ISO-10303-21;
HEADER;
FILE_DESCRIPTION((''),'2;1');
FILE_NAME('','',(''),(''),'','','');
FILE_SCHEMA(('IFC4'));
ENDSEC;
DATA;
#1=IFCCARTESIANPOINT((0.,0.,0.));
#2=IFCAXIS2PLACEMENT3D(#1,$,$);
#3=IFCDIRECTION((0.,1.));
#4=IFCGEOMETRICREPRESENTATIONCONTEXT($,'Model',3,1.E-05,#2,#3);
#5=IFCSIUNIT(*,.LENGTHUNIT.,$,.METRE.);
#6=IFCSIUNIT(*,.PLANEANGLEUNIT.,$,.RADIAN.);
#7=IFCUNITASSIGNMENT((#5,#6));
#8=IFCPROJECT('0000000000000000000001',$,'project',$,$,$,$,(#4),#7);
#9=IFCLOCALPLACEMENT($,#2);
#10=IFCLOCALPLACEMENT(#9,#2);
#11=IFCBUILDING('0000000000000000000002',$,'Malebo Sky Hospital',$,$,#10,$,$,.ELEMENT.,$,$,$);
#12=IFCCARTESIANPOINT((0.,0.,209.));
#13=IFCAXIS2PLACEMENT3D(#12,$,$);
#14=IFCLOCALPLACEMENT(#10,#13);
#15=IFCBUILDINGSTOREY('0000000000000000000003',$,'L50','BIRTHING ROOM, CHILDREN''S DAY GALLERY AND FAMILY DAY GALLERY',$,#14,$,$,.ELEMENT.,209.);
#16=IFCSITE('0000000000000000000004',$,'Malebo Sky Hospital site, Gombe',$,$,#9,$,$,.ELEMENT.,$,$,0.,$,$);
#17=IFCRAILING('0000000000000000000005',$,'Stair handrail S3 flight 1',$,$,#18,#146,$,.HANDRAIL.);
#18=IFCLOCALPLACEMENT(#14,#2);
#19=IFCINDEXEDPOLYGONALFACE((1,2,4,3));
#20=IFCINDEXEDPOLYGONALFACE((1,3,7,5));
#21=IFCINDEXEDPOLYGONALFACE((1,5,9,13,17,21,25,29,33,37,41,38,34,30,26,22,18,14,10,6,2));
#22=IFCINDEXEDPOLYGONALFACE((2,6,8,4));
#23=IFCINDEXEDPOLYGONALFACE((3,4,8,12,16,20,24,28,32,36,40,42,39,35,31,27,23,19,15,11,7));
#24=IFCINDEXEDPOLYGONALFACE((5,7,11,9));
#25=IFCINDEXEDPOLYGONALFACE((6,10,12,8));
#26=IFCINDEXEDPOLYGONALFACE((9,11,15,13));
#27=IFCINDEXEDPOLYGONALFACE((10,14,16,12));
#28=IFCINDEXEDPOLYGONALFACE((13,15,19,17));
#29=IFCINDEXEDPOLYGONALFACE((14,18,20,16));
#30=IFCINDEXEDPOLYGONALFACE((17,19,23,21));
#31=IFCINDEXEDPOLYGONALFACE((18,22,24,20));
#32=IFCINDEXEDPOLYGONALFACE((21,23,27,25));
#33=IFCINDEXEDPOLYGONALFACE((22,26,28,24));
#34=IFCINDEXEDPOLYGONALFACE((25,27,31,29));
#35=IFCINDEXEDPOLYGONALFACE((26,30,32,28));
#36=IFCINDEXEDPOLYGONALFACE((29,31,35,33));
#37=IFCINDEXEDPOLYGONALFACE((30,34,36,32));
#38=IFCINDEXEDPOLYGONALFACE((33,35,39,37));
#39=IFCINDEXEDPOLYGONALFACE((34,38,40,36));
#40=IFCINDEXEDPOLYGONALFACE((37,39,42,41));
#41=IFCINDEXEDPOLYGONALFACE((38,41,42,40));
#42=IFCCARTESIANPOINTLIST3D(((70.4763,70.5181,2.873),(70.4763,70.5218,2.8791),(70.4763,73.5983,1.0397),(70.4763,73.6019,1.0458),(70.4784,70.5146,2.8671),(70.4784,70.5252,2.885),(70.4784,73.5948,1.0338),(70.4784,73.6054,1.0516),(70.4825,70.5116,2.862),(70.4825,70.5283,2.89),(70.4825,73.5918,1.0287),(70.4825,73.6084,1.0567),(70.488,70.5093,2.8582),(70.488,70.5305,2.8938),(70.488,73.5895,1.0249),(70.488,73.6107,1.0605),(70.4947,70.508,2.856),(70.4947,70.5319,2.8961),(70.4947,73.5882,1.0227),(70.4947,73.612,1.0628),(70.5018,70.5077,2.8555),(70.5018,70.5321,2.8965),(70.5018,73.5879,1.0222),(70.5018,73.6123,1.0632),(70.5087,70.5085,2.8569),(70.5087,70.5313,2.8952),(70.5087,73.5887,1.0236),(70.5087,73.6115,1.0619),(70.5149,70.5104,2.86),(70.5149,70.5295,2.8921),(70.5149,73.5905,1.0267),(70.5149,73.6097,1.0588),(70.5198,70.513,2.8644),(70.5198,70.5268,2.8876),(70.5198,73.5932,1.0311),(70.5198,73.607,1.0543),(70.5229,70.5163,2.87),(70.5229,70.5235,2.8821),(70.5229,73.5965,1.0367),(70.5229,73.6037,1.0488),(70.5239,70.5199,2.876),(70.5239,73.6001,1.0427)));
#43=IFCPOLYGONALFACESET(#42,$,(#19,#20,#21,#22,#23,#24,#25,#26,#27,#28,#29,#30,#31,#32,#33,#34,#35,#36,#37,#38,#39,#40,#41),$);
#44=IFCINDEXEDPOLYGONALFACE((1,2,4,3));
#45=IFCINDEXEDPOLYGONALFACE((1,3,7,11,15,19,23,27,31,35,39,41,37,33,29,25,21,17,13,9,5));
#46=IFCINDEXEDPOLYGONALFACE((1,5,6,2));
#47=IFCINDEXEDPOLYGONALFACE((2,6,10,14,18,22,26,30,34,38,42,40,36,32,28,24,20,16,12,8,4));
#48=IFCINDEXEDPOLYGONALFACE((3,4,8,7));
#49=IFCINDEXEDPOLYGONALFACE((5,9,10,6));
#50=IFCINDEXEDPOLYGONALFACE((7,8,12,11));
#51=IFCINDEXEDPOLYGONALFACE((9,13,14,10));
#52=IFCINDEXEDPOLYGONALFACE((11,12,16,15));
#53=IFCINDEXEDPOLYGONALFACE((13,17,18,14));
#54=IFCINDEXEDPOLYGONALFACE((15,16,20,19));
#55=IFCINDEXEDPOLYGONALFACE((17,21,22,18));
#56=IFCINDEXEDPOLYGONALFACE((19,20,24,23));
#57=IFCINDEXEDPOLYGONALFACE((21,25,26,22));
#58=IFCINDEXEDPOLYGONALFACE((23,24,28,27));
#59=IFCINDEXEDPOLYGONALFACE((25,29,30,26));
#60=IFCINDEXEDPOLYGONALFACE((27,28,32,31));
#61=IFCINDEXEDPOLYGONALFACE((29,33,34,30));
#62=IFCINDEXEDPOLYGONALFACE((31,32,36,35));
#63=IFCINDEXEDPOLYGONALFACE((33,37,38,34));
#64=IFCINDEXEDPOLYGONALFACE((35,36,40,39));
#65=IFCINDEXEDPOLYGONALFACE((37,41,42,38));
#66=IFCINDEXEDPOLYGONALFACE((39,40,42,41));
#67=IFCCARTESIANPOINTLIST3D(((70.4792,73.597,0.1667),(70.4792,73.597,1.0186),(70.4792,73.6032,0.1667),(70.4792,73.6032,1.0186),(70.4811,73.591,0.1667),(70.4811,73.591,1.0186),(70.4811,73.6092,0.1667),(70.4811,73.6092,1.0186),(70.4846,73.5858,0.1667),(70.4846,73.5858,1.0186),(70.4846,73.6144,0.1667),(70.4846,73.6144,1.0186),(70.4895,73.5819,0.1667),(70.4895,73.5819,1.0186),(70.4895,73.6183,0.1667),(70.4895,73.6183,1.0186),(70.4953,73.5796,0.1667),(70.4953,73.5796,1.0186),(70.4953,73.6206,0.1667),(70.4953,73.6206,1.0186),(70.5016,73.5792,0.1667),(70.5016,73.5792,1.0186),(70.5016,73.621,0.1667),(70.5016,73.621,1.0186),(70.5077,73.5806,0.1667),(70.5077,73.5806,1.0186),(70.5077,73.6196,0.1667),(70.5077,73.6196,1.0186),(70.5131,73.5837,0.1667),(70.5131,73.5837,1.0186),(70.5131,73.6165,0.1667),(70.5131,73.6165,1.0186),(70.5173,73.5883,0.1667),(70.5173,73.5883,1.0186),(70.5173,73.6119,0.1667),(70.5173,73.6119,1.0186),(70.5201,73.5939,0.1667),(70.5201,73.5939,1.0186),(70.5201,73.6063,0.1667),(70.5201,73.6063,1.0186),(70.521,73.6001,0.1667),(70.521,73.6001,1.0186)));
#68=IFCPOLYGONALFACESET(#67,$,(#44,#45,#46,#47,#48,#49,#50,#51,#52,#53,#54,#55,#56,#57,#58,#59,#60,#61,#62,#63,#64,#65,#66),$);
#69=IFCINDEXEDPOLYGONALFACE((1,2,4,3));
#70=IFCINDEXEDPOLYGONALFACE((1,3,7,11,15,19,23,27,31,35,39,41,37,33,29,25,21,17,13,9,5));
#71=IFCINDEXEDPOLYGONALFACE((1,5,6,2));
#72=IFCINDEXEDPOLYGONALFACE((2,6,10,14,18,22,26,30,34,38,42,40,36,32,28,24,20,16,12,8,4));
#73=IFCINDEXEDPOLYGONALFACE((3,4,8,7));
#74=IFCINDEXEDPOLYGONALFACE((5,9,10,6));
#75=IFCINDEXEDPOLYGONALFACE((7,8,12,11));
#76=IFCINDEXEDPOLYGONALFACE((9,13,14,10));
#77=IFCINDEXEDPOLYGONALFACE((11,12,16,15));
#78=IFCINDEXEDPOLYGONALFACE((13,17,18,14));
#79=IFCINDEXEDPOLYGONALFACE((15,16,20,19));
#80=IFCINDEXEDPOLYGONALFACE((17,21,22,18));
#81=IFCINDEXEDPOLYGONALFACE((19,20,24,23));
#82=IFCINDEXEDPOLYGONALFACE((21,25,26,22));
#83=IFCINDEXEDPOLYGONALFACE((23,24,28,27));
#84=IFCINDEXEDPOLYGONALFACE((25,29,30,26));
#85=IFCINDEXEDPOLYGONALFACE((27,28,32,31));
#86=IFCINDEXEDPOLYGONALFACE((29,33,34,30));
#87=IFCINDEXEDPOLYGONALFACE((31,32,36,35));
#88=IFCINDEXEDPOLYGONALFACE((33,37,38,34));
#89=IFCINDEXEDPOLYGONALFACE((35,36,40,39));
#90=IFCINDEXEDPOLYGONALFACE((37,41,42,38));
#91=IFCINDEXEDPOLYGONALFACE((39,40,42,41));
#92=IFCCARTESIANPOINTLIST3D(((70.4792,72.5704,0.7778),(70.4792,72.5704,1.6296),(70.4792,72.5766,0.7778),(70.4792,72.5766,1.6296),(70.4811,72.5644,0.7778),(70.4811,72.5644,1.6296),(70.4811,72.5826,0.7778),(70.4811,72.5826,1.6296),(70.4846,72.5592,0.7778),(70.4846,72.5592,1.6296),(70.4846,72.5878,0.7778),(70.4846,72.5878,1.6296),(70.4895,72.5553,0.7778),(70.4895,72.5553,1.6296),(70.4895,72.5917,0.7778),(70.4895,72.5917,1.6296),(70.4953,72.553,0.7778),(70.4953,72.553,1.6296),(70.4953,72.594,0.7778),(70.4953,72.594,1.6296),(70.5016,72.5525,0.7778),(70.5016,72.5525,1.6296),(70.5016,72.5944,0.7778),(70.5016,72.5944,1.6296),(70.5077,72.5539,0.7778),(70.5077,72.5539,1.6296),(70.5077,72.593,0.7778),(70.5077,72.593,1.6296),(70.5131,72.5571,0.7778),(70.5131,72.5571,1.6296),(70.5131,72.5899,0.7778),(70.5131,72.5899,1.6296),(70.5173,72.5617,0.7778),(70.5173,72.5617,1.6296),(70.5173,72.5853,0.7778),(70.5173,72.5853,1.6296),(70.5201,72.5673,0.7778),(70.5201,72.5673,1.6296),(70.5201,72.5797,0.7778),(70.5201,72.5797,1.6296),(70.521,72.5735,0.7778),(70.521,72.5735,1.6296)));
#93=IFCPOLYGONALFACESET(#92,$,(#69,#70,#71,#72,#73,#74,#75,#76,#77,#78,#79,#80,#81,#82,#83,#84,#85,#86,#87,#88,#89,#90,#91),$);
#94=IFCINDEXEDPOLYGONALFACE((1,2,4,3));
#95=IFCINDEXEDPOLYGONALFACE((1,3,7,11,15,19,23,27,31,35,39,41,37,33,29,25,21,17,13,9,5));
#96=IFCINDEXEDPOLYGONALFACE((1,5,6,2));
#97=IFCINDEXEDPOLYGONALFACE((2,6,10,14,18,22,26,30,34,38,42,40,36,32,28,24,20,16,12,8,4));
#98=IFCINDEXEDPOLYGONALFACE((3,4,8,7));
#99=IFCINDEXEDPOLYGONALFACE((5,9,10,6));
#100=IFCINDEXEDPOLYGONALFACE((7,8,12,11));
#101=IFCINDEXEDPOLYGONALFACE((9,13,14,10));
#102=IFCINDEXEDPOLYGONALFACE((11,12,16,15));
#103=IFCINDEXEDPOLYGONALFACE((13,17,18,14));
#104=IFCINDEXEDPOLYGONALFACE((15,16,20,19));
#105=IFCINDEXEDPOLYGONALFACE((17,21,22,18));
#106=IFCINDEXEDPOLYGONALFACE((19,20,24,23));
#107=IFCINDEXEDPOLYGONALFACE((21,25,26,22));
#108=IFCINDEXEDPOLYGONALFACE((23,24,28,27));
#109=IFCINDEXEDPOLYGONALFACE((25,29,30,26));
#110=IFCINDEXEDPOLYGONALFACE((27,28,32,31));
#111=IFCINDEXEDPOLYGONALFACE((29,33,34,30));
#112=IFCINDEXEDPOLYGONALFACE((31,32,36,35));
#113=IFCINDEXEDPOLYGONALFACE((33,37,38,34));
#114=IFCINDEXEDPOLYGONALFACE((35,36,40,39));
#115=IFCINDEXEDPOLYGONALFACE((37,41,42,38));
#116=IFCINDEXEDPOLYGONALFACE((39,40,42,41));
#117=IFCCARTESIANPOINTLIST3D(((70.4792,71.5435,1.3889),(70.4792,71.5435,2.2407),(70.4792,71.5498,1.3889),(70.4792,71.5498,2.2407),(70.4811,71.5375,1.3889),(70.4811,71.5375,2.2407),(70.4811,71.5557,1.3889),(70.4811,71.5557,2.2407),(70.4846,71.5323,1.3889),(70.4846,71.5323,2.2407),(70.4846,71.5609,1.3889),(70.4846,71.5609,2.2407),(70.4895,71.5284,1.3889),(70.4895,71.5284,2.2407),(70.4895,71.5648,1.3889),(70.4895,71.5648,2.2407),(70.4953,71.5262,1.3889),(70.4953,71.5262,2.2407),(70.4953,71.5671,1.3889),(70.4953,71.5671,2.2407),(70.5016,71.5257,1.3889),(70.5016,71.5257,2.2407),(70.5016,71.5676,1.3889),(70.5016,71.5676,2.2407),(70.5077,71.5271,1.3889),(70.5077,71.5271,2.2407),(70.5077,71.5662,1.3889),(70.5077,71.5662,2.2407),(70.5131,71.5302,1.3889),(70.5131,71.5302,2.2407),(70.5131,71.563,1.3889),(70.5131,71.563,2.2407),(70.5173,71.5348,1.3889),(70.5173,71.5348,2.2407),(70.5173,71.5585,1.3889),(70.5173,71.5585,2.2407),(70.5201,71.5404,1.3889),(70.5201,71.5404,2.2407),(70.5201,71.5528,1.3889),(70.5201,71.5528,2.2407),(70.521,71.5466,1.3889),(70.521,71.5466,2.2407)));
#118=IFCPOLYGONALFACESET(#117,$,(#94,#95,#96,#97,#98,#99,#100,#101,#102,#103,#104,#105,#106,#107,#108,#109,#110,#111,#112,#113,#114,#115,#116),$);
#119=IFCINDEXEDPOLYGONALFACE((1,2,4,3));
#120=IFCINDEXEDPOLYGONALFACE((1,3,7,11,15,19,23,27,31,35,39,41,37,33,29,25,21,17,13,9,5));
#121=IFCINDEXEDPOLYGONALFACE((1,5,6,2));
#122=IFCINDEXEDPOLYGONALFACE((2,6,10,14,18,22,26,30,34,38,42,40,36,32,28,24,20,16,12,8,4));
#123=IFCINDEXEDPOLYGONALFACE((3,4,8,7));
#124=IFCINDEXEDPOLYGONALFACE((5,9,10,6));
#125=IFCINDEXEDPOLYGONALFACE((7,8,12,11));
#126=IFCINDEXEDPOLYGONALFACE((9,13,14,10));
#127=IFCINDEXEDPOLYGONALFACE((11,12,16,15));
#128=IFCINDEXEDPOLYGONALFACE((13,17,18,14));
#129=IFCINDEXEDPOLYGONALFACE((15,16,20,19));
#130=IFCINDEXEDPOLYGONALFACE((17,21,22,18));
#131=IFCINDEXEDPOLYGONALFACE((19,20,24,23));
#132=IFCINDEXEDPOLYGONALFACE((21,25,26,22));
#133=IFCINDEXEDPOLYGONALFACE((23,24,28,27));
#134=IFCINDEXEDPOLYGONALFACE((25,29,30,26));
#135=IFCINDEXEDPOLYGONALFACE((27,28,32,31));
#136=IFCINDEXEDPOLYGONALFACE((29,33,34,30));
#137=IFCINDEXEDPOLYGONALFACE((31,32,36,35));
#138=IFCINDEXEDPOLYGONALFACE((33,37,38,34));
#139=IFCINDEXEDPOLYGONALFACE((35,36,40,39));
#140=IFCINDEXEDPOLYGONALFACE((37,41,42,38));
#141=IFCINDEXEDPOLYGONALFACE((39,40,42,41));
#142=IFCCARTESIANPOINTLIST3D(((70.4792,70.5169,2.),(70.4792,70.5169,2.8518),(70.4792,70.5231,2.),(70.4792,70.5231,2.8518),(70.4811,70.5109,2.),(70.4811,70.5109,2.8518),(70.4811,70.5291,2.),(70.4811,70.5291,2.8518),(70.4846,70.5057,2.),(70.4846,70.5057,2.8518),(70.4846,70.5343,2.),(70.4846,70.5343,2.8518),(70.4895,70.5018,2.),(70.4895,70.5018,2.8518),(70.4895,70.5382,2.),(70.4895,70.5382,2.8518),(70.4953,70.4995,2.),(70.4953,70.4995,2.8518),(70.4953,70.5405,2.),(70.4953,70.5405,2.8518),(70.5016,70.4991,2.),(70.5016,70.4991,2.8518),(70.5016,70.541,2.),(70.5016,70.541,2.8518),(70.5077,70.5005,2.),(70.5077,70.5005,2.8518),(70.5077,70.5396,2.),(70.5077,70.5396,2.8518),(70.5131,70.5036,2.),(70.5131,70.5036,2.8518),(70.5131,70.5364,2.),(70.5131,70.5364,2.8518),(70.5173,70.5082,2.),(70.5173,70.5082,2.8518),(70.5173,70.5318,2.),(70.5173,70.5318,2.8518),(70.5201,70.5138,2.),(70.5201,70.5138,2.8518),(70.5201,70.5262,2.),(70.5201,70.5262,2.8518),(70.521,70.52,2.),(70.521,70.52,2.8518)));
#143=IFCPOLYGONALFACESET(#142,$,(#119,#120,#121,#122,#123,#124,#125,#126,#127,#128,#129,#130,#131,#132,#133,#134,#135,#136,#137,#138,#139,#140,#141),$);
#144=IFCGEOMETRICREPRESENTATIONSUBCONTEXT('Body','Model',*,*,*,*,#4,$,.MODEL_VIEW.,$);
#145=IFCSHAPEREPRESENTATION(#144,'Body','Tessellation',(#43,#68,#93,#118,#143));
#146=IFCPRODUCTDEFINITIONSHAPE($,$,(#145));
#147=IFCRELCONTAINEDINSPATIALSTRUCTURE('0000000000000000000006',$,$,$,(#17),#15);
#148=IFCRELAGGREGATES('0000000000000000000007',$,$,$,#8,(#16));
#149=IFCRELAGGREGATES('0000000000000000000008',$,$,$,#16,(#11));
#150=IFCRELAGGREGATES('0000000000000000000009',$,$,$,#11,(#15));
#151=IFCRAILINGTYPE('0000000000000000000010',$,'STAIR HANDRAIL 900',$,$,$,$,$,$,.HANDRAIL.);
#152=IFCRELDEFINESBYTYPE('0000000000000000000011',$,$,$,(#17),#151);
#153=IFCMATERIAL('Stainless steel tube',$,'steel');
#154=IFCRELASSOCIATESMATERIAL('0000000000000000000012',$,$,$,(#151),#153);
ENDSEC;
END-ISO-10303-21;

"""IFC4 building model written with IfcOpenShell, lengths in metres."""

from ifc_helpers import new_model, si_unit, direction, frame, origin, origin_2d, place, context, subcontext, project, spatial, circle, extrude, material, type_object, element, save


model = new_model("IFC4")

# Units and contexts
model_context = context("Model", 3, precision=1e-05, world=origin(), true_north=direction((0.0, 1.0)))
body_context = subcontext(model_context, "Body", "Model", "MODEL_VIEW")
ifc_project = project(units=[si_unit("LENGTHUNIT", "METRE"), si_unit("PLANEANGLEUNIT", "RADIAN")], contexts=[model_context])

# Site, building, storey
site_placement = place(None, origin())
site = spatial("IfcSite", under=ifc_project, at=site_placement, Name="Malebo Sky Hospital site, Gombe", CompositionType="ELEMENT", RefElevation=0.0)
building_placement = place(site_placement, origin())
building = spatial("IfcBuilding", under=site, at=building_placement, Name="Malebo Sky Hospital", CompositionType="ELEMENT")
storey_placement = place(building_placement, frame((0.0, 0.0, 209.0)))
storey = spatial("IfcBuildingStorey", under=building, at=storey_placement, Name="L50", Description="BIRTHING ROOM, CHILDREN'S DAY GALLERY AND FAMILY DAY GALLERY", CompositionType="ELEMENT", Elevation=209.0)

# Railing
ifc_material_1 = material(Name="Stainless steel tube", Category="steel")
railing_type = type_object("IfcRailingType", Name="STAIR HANDRAIL 900", PredefinedType="HANDRAIL", material=ifc_material_1)
railing_1_placement = place(storey_placement, frame((70.5, 73.6001, 0.1667)))
element("IfcRailing", 1, at=railing_1_placement, inside=storey, type_object=railing_type, Name="Stair handrail S3 flight 1", PredefinedType="HANDRAIL", context=body_context, shape_type="SweptSolid", body=[
    extrude(circle(Radius=0.0239, at=origin_2d()), frame((0.0, 0.0, 0.876), z_axis=(0.0, -0.859309, 0.511458), x_axis=(1.0, 0.0, 0.0)), (0.0, 0.0, 1.0), 3.5845),
    extrude(circle(Radius=0.021, at=origin_2d()), origin(), (0.0, 0.0, 1.0), 0.8518),
    extrude(circle(Radius=0.021, at=origin_2d()), frame((0.0, -1.0266, 0.6111)), (0.0, 0.0, 1.0), 0.8518),
    extrude(circle(Radius=0.021, at=origin_2d()), frame((0.0, -2.0535, 1.2222)), (0.0, 0.0, 1.0), 0.8518),
    extrude(circle(Radius=0.021, at=origin_2d()), frame((0.0, -3.0801, 1.8333)), (0.0, 0.0, 1.0), 0.8518),
])

save(model, "model.ifc")
